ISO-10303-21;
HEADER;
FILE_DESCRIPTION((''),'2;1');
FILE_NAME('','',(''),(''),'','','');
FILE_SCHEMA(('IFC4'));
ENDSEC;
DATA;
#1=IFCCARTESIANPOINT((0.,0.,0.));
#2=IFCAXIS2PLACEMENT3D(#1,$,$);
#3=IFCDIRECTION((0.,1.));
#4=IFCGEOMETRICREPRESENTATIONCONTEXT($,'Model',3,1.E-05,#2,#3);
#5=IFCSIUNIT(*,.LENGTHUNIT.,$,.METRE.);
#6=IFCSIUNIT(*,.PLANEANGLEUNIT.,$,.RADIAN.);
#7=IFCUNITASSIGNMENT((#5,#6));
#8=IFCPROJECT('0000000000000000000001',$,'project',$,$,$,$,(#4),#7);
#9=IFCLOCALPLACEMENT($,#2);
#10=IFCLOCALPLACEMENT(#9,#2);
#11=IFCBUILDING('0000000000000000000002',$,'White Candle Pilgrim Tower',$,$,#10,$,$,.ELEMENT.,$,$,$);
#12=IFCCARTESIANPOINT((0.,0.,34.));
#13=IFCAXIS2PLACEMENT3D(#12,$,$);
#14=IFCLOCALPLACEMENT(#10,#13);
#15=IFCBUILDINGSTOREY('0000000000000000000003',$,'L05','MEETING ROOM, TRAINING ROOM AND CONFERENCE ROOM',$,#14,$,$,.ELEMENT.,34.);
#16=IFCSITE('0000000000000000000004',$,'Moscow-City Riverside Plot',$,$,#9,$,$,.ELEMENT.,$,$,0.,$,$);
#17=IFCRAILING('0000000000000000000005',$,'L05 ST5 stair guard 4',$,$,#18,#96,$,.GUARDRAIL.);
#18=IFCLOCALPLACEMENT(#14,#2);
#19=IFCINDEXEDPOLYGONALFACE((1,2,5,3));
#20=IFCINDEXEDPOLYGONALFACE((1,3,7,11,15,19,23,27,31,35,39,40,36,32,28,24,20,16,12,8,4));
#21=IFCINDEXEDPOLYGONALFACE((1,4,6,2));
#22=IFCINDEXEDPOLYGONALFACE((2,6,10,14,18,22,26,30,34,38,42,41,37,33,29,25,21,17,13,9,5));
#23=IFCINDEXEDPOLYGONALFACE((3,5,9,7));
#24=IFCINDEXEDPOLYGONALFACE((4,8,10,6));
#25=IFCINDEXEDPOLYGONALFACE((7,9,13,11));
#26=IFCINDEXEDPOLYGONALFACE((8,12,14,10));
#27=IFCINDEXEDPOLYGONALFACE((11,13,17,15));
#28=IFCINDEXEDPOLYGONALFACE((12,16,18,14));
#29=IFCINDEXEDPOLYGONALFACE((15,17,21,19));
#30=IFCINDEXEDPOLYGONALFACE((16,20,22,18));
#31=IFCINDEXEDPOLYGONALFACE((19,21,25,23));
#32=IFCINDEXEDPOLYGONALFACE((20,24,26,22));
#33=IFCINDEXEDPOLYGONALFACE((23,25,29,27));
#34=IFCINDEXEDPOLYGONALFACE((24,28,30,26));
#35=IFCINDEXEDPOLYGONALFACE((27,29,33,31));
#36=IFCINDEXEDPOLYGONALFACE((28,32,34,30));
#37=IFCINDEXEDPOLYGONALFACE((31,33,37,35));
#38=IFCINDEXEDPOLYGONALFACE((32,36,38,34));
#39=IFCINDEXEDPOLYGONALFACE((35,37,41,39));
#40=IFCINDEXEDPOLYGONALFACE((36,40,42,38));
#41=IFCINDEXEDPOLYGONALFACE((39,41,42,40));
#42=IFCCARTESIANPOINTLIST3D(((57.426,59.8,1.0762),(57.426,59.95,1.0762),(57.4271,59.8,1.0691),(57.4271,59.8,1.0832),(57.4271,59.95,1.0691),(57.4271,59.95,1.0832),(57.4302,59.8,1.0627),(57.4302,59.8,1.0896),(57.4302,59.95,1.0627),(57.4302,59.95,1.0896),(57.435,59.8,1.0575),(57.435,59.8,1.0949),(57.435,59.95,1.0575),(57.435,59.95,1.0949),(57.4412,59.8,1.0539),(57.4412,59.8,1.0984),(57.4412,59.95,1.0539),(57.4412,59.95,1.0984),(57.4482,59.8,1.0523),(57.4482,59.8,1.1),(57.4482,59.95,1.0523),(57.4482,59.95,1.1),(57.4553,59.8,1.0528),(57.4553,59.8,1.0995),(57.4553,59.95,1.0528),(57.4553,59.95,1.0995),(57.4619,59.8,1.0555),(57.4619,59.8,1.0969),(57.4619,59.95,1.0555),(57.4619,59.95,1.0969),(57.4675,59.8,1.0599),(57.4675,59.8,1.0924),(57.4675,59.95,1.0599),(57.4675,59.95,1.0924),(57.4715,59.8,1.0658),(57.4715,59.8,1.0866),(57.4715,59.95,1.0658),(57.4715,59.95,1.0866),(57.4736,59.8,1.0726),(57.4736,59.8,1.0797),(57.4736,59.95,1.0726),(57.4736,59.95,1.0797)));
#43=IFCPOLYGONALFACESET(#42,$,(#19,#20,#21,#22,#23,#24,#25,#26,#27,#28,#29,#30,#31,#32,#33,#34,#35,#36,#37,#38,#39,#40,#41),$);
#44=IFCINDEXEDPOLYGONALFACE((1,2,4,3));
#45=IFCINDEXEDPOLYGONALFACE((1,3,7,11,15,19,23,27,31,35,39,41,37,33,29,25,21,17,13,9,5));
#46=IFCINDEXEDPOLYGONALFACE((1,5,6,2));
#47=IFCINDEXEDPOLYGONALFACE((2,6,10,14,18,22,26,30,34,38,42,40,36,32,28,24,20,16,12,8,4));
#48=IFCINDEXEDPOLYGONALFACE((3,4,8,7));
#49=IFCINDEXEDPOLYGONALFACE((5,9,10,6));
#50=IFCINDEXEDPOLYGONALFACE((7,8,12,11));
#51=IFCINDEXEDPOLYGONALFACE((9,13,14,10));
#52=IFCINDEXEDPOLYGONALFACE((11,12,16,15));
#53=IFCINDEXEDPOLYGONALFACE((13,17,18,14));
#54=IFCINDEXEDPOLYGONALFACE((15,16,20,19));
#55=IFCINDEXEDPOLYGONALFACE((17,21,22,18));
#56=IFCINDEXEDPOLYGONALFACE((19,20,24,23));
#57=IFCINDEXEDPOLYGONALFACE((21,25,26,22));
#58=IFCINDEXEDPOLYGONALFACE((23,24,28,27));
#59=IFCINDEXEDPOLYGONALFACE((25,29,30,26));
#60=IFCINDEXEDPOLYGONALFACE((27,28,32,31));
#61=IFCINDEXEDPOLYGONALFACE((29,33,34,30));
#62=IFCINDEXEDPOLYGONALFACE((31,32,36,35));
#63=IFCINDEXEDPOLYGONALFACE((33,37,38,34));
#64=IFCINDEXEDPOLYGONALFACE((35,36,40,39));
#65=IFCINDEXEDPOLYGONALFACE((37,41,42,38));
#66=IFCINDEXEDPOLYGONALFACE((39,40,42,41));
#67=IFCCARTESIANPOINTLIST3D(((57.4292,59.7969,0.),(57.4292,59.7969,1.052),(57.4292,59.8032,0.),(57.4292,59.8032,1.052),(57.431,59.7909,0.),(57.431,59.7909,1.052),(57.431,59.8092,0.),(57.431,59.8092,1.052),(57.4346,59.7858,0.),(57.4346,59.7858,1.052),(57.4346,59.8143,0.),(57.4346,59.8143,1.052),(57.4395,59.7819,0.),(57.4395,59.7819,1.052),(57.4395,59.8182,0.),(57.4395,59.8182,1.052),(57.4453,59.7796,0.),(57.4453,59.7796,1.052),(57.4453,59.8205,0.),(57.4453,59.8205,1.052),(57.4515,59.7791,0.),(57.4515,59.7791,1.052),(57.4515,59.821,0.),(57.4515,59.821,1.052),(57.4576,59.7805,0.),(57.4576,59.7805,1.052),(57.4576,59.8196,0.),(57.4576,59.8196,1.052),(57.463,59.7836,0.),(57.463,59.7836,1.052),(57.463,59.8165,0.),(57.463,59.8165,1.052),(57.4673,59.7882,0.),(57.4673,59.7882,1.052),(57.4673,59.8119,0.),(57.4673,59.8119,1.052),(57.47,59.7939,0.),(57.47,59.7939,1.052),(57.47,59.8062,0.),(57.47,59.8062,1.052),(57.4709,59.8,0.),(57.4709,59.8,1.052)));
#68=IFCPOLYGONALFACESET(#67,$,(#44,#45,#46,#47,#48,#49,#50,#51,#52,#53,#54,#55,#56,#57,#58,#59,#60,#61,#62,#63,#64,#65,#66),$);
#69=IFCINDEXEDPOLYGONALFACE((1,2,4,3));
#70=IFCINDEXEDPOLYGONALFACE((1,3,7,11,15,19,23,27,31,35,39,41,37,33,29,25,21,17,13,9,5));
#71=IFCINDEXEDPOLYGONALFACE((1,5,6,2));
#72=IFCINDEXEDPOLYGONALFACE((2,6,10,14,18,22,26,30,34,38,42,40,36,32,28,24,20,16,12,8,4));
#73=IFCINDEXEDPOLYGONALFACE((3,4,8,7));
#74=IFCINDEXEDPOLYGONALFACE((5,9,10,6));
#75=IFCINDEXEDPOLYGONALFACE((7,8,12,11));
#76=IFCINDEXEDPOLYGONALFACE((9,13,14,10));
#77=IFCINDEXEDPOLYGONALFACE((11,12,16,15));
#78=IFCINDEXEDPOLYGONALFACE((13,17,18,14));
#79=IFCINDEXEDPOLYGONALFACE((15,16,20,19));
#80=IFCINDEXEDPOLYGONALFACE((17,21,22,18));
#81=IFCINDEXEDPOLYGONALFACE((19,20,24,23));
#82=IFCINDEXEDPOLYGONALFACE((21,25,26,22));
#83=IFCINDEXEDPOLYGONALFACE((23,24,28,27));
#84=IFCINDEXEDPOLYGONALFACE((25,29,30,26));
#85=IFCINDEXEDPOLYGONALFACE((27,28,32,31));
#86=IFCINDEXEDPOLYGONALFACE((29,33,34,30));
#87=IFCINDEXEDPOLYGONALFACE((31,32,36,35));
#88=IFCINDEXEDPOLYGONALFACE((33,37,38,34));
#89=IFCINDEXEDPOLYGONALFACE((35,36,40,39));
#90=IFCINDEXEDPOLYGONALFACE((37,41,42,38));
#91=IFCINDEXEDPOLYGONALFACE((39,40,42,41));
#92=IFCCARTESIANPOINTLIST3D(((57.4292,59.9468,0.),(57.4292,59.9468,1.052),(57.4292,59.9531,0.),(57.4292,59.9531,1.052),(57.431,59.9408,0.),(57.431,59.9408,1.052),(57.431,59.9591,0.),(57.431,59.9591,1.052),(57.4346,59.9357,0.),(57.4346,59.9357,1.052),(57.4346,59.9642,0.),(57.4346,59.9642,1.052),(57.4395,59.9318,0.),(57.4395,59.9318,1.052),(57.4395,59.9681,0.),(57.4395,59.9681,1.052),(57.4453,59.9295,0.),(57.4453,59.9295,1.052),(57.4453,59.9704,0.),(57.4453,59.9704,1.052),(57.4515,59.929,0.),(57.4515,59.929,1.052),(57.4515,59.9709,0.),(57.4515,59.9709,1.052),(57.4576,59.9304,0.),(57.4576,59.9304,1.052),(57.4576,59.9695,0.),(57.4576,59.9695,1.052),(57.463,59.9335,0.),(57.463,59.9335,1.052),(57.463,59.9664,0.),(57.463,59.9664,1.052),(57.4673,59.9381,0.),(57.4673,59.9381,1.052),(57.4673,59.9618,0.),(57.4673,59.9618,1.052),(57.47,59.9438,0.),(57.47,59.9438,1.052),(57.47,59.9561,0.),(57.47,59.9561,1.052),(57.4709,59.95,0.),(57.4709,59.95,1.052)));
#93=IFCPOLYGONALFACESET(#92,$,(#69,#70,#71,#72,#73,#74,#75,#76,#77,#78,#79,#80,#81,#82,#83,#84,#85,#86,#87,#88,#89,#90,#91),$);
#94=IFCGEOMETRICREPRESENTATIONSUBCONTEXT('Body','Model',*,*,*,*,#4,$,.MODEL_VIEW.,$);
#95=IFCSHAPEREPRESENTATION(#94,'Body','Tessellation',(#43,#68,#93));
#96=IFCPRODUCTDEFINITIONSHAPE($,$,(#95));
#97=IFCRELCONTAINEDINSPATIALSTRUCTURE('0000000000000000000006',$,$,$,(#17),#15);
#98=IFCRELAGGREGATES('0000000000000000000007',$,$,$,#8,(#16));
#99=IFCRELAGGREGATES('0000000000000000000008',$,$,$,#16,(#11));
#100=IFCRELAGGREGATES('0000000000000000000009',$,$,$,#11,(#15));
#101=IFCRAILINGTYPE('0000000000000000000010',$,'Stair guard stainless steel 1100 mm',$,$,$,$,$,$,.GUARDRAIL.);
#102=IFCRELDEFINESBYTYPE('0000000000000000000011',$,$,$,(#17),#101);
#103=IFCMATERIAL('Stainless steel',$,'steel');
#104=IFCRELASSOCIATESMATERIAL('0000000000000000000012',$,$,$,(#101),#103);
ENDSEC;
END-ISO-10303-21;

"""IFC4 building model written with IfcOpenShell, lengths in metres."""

from ifc_helpers import new_model, si_unit, direction, frame, origin, origin_2d, place, context, subcontext, project, spatial, circle, extrude, material, type_object, element, save


model = new_model("IFC4")

# Units and contexts
model_context = context("Model", 3, precision=1e-05, world=origin(), true_north=direction((0.0, 1.0)))
body_context = subcontext(model_context, "Body", "Model", "MODEL_VIEW")
ifc_project = project(units=[si_unit("LENGTHUNIT", "METRE"), si_unit("PLANEANGLEUNIT", "RADIAN")], contexts=[model_context])

# Site, building, storey
site_placement = place(None, origin())
site = spatial("IfcSite", under=ifc_project, at=site_placement, Name="Moscow-City Riverside Plot", CompositionType="ELEMENT", RefElevation=0.0)
building_placement = place(site_placement, origin())
building = spatial("IfcBuilding", under=site, at=building_placement, Name="White Candle Pilgrim Tower", CompositionType="ELEMENT")
storey_placement = place(building_placement, frame((0.0, 0.0, 34.0)))
storey = spatial("IfcBuildingStorey", under=building, at=storey_placement, Name="L05", Description="MEETING ROOM, TRAINING ROOM AND CONFERENCE ROOM", CompositionType="ELEMENT", Elevation=34.0)

# Railing
ifc_material_1 = material(Name="Stainless steel", Category="steel")
railing_type_1 = type_object("IfcRailingType", Name="Stair guard stainless steel 1100 mm", PredefinedType="GUARDRAIL", material=ifc_material_1)
railing_1_placement = place(storey_placement, frame((57.45, 59.8, 0.0)))
element("IfcRailing", 1, at=railing_1_placement, inside=storey, type_object=railing_type_1, Name="L05 ST5 stair guard 4", PredefinedType="GUARDRAIL", context=body_context, shape_type="SweptSolid", body=[
    extrude(circle(Radius=0.0239, at=origin_2d()), frame((0.0, 0.0, 1.0762), z_axis=(0.0, 1.0, 0.0), x_axis=(-1.0, 0.0, 0.0)), (0.0, 0.0, 1.0), 0.1499),
    extrude(circle(Radius=0.021, at=origin_2d()), origin(), (0.0, 0.0, 1.0), 1.052),
    extrude(circle(Radius=0.021, at=origin_2d()), frame((0.0, 0.1499, 0.0)), (0.0, 0.0, 1.0), 1.052),
])

save(model, "model.ifc")
